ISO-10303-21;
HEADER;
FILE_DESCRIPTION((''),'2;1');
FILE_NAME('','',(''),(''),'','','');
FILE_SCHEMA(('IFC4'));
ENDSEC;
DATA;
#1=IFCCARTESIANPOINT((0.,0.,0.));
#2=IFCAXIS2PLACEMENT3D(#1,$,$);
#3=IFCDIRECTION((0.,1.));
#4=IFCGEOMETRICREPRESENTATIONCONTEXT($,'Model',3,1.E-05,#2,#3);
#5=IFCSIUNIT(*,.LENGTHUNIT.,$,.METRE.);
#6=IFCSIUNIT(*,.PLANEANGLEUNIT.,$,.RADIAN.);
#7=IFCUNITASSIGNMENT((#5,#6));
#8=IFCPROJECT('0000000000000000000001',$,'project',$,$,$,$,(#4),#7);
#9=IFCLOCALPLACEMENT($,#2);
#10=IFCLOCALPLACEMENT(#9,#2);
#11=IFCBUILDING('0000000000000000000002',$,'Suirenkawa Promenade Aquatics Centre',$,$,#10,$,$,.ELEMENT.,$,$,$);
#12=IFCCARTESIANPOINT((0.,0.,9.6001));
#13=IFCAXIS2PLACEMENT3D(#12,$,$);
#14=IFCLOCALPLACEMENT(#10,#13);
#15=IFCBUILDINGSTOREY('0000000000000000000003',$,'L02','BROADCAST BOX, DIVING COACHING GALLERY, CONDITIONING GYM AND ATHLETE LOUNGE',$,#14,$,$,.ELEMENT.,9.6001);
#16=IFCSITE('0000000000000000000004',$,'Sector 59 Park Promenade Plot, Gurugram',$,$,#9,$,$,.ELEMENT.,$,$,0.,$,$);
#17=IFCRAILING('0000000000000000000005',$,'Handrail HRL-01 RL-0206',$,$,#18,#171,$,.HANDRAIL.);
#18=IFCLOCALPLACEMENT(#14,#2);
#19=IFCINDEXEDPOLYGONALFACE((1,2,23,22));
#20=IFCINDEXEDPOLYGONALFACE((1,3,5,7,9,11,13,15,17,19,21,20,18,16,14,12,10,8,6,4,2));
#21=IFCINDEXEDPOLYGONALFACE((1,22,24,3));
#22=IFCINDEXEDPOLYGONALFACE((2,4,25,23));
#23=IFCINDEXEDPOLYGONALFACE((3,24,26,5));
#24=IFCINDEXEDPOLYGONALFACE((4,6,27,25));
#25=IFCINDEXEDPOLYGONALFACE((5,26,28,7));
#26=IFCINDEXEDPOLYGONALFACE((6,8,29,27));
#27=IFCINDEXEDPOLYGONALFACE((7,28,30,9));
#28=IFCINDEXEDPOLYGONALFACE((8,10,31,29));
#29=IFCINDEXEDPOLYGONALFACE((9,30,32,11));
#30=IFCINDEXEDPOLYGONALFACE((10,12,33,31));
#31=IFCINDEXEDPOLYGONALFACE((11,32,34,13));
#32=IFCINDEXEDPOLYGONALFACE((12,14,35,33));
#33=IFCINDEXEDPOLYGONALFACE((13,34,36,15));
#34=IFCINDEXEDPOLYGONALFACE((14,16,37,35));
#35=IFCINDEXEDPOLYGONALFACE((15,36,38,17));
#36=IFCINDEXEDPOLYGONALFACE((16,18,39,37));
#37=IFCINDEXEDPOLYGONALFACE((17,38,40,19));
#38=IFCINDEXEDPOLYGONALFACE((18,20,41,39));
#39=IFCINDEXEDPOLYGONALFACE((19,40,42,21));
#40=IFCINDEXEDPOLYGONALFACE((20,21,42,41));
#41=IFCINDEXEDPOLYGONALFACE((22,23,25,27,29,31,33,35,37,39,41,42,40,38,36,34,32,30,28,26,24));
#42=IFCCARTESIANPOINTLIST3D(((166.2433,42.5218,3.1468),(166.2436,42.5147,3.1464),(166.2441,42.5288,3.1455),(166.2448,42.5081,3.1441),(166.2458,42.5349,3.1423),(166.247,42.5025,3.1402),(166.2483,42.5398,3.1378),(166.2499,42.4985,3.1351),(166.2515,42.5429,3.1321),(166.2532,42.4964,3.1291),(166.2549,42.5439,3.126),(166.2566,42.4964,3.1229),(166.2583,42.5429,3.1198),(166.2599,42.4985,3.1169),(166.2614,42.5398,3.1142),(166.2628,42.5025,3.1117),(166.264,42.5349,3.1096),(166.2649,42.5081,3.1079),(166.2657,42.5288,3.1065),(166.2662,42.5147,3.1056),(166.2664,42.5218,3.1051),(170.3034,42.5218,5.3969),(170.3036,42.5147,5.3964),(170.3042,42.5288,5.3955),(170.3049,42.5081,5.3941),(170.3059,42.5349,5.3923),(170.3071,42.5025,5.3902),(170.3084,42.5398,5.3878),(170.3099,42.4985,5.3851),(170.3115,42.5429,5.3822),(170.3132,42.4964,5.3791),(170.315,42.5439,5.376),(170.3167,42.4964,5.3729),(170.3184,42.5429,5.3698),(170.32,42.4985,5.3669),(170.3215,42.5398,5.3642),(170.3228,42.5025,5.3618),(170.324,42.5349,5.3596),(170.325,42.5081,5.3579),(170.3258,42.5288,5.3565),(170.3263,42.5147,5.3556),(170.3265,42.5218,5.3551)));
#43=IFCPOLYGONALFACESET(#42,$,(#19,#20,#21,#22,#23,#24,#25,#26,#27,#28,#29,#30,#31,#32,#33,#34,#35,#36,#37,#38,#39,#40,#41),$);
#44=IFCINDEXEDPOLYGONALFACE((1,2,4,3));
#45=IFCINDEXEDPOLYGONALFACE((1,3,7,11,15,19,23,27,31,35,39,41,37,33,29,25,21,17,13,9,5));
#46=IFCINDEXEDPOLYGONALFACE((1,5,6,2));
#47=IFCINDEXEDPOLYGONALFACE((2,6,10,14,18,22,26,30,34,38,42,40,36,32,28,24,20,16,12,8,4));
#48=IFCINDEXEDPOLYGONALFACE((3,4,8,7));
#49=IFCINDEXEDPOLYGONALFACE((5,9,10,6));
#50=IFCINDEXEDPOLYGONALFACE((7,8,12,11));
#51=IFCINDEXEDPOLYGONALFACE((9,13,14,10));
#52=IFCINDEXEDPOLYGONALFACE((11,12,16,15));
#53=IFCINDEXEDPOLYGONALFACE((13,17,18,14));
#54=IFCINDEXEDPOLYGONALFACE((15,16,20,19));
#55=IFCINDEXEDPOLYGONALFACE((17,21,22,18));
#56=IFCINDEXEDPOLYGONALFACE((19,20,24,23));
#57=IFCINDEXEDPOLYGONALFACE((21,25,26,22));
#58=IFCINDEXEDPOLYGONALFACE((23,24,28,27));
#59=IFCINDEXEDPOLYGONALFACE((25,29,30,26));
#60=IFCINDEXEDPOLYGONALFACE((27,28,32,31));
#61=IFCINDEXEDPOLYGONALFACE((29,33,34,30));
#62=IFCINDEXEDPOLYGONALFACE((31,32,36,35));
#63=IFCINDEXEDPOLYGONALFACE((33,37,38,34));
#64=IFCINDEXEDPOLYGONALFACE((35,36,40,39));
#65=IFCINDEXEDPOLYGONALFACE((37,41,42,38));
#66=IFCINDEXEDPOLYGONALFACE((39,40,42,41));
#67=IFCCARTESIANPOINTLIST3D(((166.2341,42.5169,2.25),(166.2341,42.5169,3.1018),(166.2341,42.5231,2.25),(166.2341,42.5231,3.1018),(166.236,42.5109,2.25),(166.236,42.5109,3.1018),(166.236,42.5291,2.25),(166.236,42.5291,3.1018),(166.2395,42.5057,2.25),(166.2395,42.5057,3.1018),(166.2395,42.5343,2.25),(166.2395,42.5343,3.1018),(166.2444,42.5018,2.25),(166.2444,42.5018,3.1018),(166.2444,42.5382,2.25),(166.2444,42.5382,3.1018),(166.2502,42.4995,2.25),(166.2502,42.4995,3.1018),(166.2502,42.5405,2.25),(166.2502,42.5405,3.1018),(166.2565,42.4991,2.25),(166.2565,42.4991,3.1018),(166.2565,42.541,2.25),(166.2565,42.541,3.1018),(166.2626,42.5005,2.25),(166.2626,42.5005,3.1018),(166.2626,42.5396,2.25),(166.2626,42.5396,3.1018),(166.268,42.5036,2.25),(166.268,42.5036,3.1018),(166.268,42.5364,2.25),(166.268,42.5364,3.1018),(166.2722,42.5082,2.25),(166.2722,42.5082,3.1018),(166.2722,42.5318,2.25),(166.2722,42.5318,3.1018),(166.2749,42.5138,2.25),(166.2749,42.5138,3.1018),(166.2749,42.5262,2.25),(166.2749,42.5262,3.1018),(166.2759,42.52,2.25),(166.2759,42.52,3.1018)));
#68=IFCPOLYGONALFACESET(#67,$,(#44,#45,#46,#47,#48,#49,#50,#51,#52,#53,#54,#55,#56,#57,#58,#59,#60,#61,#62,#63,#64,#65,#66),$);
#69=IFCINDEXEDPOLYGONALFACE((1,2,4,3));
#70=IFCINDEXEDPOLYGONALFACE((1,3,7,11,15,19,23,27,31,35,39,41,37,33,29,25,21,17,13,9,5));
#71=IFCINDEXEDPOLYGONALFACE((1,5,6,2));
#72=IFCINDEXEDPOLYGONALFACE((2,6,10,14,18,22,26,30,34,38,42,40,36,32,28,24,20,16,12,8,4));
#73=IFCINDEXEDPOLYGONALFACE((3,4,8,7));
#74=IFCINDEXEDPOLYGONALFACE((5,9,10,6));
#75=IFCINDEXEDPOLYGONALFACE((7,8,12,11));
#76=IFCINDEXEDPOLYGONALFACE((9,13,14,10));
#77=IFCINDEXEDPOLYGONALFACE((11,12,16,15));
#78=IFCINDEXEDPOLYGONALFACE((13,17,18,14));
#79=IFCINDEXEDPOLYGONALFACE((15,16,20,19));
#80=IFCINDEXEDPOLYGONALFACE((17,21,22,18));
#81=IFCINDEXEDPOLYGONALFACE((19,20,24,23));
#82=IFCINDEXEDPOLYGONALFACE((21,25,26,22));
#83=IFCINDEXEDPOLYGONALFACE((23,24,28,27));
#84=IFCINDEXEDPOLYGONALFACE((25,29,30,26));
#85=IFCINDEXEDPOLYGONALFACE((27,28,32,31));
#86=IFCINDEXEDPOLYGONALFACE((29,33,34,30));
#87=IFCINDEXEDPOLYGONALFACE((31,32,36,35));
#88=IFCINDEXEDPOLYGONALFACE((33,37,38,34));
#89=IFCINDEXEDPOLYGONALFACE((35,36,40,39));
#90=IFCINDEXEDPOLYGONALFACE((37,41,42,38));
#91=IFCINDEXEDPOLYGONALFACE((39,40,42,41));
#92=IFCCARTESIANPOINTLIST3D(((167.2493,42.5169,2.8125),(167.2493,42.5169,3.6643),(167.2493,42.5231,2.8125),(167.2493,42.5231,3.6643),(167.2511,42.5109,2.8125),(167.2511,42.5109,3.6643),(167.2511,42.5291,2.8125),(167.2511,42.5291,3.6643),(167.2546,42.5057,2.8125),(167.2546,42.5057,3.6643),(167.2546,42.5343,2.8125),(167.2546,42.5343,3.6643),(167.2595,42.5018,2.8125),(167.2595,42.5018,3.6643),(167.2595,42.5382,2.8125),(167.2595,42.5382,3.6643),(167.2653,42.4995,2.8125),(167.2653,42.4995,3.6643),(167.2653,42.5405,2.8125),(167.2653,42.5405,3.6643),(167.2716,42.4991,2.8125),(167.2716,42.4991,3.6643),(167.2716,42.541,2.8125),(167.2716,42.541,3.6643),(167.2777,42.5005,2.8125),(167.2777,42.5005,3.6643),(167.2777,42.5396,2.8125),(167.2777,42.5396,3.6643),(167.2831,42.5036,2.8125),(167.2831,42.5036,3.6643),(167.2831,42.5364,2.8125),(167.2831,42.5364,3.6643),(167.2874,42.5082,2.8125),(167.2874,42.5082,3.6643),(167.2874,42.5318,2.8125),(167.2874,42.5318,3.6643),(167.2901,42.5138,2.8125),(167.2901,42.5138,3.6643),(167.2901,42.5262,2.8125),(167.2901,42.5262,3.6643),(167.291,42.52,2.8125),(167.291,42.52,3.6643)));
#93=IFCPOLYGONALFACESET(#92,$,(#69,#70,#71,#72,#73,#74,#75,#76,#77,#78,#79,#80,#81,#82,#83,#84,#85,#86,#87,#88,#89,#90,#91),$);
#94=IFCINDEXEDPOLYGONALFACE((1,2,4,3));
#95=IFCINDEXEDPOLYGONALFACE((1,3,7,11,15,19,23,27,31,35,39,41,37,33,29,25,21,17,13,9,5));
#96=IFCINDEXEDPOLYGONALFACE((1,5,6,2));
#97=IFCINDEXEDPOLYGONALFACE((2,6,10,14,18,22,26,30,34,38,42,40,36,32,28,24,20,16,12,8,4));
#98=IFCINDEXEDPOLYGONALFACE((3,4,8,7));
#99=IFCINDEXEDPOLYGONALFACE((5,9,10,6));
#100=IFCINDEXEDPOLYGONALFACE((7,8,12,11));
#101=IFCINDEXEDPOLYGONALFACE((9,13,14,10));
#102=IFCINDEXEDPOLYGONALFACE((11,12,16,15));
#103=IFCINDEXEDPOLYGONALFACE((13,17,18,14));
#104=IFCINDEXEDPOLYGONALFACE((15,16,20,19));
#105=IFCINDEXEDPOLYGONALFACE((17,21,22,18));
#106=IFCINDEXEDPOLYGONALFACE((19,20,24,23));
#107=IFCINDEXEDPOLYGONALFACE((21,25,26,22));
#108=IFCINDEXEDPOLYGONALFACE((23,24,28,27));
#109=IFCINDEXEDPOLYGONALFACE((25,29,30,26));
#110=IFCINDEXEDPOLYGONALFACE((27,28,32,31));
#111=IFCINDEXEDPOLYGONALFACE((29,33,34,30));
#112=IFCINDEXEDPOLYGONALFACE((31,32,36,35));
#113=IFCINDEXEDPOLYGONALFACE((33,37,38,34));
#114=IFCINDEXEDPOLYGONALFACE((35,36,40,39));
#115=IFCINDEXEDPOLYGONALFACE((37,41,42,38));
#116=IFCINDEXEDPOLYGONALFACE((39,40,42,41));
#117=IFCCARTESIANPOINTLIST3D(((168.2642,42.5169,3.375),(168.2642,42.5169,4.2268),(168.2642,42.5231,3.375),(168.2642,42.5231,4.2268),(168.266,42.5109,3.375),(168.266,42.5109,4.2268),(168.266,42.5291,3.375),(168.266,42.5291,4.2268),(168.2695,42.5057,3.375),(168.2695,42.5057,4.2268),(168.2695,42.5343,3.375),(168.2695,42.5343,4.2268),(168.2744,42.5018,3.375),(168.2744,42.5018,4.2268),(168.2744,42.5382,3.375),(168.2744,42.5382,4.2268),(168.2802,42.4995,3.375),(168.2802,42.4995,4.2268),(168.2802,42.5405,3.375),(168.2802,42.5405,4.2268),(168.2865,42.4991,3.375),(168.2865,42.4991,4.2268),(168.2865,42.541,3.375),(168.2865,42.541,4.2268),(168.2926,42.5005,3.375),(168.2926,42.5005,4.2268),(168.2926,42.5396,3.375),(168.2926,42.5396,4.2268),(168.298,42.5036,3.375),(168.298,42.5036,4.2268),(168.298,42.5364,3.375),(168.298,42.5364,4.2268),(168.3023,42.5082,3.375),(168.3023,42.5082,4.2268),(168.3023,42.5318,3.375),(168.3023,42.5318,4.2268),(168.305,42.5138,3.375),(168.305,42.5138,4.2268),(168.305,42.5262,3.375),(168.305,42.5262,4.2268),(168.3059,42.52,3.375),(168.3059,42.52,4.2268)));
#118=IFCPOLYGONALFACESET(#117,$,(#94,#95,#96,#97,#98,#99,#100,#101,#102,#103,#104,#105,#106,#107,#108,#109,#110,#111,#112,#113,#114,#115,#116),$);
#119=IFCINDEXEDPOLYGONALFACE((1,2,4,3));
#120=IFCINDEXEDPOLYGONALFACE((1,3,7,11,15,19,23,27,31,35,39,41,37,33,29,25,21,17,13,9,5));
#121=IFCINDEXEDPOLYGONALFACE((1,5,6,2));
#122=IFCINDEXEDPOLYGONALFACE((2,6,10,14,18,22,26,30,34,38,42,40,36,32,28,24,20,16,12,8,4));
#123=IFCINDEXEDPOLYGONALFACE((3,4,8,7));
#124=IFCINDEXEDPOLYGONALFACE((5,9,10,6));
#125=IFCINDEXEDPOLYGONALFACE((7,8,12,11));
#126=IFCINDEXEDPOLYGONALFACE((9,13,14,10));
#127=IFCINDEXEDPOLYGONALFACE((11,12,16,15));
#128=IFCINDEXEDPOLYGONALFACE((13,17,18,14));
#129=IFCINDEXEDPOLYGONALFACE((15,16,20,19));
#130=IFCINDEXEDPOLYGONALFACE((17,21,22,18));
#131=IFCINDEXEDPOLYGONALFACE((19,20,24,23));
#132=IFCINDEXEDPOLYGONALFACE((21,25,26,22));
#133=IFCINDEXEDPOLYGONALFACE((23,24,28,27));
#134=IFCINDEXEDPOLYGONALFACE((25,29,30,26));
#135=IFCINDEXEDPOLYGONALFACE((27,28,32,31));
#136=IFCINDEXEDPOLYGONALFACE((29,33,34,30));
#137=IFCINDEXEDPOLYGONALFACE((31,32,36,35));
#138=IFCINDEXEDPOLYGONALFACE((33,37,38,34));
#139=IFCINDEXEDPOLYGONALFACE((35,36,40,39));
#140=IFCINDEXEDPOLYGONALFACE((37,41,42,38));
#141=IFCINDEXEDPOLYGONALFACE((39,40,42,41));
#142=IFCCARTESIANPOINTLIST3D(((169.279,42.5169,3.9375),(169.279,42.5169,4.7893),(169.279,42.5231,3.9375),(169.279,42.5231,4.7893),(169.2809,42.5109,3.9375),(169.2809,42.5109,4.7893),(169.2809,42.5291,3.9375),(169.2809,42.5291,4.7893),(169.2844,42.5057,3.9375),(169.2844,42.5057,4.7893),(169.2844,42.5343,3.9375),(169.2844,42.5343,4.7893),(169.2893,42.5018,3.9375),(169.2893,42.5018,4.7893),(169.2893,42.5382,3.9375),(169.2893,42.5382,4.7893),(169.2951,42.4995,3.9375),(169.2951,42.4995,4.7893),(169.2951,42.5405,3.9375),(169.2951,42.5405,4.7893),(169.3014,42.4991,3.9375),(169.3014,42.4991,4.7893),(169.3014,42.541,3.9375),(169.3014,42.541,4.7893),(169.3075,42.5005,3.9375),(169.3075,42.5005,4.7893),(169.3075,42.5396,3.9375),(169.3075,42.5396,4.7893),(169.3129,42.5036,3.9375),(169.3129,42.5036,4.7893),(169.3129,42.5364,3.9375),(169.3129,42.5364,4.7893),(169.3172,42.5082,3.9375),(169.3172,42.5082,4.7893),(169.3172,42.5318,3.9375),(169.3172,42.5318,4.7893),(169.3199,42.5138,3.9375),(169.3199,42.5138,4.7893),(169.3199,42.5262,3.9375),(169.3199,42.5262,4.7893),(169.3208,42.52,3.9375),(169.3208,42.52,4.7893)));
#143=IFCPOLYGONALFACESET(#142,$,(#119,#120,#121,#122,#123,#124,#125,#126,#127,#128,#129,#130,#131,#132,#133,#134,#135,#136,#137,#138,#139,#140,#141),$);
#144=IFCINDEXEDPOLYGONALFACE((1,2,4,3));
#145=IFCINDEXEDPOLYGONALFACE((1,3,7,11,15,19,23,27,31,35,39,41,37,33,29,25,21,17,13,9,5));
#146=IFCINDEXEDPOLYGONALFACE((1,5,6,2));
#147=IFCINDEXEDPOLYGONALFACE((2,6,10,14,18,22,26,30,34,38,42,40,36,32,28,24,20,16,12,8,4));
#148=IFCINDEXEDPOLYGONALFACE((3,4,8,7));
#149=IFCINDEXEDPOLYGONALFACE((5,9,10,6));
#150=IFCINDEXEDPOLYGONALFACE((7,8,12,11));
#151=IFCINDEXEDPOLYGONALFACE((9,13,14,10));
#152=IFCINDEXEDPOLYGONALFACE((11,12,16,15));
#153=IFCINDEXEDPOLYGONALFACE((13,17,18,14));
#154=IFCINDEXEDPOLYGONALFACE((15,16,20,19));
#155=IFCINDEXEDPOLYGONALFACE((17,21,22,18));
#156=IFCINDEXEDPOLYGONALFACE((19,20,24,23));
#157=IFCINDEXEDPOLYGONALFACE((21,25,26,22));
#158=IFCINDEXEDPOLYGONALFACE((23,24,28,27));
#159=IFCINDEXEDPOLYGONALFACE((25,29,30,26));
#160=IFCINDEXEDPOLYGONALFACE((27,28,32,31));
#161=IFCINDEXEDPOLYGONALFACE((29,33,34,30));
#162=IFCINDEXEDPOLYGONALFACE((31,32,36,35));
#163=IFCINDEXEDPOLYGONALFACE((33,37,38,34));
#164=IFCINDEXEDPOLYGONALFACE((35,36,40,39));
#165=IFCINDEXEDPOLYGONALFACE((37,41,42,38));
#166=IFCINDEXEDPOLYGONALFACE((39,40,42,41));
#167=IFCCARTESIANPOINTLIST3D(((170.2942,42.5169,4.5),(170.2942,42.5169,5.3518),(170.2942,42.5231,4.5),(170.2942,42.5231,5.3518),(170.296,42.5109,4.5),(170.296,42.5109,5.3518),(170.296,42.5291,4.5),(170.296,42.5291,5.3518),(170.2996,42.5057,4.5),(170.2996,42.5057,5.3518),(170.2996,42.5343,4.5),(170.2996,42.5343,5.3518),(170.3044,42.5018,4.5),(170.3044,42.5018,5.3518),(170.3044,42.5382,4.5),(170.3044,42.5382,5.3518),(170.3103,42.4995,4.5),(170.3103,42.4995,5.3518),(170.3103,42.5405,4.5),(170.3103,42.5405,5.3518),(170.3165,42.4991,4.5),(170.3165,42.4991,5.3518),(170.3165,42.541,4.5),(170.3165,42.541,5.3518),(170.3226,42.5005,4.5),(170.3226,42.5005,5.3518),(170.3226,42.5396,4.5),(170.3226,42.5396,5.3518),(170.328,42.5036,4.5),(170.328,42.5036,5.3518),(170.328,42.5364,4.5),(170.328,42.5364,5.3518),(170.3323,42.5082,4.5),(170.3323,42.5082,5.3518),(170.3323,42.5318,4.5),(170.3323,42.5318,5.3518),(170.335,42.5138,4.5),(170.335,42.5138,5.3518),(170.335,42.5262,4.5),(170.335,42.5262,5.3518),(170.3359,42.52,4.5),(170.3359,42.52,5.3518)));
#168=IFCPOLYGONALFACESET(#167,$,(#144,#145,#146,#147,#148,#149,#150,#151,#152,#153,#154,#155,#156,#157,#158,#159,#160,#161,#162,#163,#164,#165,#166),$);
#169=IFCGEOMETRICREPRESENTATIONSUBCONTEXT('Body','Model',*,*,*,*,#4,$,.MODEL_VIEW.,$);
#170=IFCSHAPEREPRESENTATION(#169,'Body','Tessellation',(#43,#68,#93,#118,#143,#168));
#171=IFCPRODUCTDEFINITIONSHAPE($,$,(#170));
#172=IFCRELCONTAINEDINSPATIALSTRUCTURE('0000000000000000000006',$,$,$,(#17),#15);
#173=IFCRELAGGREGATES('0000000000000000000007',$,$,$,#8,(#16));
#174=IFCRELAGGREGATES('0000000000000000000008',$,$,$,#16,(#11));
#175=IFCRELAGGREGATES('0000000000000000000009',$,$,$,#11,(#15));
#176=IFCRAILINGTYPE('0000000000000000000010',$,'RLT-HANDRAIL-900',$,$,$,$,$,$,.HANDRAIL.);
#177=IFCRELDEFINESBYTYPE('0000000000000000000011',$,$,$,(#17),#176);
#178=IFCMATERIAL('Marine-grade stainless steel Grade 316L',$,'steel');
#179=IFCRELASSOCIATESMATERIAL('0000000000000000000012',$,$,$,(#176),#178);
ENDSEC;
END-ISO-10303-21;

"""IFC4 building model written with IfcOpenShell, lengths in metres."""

from ifc_helpers import new_model, si_unit, direction, frame, origin, origin_2d, place, context, subcontext, project, spatial, circle, extrude, material, type_object, element, save


model = new_model("IFC4")

# Units and contexts
model_context = context("Model", 3, precision=1e-05, world=origin(), true_north=direction((0.0, 1.0)))
body_context = subcontext(model_context, "Body", "Model", "MODEL_VIEW")
ifc_project = project(units=[si_unit("LENGTHUNIT", "METRE"), si_unit("PLANEANGLEUNIT", "RADIAN")], contexts=[model_context])

# Site, building, storey
site_placement = place(None, origin())
site = spatial("IfcSite", under=ifc_project, at=site_placement, Name="Sector 59 Park Promenade Plot, Gurugram", CompositionType="ELEMENT", RefElevation=0.0)
building_placement = place(site_placement, origin())
building = spatial("IfcBuilding", under=site, at=building_placement, Name="Suirenkawa Promenade Aquatics Centre", CompositionType="ELEMENT")
storey_placement = place(building_placement, frame((0.0, 0.0, 9.6001)))
storey = spatial("IfcBuildingStorey", under=building, at=storey_placement, Name="L02", Description="BROADCAST BOX, DIVING COACHING GALLERY, CONDITIONING GYM AND ATHLETE LOUNGE", CompositionType="ELEMENT", Elevation=9.6001)

# Railing
ifc_material_1 = material(Name="Marine-grade stainless steel Grade 316L", Category="steel")
railing_type_1 = type_object("IfcRailingType", Name="RLT-HANDRAIL-900", PredefinedType="HANDRAIL", material=ifc_material_1)
for number, where, name in (
    (1, (166.2549, 42.52, 2.25), "Handrail HRL-01 RL-0206"),
):
    element("IfcRailing", number, at=place(storey_placement, frame(where)), inside=storey, type_object=railing_type_1, Name=name, PredefinedType="HANDRAIL", context=body_context, shape_type="SweptSolid", body=[
        extrude(circle(Radius=0.0239, at=origin_2d()), frame((0.0, 0.0, 0.876), z_axis=(0.874668, 0.0, 0.484723), x_axis=(0.0, 1.0, 0.0)), (0.0, 0.0, 1.0), 4.6418),
        extrude(circle(Radius=0.021, at=origin_2d()), origin(), (0.0, 0.0, 1.0), 0.8518),
        extrude(circle(Radius=0.021, at=origin_2d()), frame((1.0151, 0.0, 0.5625)), (0.0, 0.0, 1.0), 0.8518),
        extrude(circle(Radius=0.021, at=origin_2d()), frame((2.03, 0.0, 1.125)), (0.0, 0.0, 1.0), 0.8518),
        extrude(circle(Radius=0.021, at=origin_2d()), frame((3.0449, 0.0, 1.6875)), (0.0, 0.0, 1.0), 0.8518),
        extrude(circle(Radius=0.021, at=origin_2d()), frame((4.0601, 0.0, 2.25)), (0.0, 0.0, 1.0), 0.8518),
    ])

save(model, "model.ifc")
